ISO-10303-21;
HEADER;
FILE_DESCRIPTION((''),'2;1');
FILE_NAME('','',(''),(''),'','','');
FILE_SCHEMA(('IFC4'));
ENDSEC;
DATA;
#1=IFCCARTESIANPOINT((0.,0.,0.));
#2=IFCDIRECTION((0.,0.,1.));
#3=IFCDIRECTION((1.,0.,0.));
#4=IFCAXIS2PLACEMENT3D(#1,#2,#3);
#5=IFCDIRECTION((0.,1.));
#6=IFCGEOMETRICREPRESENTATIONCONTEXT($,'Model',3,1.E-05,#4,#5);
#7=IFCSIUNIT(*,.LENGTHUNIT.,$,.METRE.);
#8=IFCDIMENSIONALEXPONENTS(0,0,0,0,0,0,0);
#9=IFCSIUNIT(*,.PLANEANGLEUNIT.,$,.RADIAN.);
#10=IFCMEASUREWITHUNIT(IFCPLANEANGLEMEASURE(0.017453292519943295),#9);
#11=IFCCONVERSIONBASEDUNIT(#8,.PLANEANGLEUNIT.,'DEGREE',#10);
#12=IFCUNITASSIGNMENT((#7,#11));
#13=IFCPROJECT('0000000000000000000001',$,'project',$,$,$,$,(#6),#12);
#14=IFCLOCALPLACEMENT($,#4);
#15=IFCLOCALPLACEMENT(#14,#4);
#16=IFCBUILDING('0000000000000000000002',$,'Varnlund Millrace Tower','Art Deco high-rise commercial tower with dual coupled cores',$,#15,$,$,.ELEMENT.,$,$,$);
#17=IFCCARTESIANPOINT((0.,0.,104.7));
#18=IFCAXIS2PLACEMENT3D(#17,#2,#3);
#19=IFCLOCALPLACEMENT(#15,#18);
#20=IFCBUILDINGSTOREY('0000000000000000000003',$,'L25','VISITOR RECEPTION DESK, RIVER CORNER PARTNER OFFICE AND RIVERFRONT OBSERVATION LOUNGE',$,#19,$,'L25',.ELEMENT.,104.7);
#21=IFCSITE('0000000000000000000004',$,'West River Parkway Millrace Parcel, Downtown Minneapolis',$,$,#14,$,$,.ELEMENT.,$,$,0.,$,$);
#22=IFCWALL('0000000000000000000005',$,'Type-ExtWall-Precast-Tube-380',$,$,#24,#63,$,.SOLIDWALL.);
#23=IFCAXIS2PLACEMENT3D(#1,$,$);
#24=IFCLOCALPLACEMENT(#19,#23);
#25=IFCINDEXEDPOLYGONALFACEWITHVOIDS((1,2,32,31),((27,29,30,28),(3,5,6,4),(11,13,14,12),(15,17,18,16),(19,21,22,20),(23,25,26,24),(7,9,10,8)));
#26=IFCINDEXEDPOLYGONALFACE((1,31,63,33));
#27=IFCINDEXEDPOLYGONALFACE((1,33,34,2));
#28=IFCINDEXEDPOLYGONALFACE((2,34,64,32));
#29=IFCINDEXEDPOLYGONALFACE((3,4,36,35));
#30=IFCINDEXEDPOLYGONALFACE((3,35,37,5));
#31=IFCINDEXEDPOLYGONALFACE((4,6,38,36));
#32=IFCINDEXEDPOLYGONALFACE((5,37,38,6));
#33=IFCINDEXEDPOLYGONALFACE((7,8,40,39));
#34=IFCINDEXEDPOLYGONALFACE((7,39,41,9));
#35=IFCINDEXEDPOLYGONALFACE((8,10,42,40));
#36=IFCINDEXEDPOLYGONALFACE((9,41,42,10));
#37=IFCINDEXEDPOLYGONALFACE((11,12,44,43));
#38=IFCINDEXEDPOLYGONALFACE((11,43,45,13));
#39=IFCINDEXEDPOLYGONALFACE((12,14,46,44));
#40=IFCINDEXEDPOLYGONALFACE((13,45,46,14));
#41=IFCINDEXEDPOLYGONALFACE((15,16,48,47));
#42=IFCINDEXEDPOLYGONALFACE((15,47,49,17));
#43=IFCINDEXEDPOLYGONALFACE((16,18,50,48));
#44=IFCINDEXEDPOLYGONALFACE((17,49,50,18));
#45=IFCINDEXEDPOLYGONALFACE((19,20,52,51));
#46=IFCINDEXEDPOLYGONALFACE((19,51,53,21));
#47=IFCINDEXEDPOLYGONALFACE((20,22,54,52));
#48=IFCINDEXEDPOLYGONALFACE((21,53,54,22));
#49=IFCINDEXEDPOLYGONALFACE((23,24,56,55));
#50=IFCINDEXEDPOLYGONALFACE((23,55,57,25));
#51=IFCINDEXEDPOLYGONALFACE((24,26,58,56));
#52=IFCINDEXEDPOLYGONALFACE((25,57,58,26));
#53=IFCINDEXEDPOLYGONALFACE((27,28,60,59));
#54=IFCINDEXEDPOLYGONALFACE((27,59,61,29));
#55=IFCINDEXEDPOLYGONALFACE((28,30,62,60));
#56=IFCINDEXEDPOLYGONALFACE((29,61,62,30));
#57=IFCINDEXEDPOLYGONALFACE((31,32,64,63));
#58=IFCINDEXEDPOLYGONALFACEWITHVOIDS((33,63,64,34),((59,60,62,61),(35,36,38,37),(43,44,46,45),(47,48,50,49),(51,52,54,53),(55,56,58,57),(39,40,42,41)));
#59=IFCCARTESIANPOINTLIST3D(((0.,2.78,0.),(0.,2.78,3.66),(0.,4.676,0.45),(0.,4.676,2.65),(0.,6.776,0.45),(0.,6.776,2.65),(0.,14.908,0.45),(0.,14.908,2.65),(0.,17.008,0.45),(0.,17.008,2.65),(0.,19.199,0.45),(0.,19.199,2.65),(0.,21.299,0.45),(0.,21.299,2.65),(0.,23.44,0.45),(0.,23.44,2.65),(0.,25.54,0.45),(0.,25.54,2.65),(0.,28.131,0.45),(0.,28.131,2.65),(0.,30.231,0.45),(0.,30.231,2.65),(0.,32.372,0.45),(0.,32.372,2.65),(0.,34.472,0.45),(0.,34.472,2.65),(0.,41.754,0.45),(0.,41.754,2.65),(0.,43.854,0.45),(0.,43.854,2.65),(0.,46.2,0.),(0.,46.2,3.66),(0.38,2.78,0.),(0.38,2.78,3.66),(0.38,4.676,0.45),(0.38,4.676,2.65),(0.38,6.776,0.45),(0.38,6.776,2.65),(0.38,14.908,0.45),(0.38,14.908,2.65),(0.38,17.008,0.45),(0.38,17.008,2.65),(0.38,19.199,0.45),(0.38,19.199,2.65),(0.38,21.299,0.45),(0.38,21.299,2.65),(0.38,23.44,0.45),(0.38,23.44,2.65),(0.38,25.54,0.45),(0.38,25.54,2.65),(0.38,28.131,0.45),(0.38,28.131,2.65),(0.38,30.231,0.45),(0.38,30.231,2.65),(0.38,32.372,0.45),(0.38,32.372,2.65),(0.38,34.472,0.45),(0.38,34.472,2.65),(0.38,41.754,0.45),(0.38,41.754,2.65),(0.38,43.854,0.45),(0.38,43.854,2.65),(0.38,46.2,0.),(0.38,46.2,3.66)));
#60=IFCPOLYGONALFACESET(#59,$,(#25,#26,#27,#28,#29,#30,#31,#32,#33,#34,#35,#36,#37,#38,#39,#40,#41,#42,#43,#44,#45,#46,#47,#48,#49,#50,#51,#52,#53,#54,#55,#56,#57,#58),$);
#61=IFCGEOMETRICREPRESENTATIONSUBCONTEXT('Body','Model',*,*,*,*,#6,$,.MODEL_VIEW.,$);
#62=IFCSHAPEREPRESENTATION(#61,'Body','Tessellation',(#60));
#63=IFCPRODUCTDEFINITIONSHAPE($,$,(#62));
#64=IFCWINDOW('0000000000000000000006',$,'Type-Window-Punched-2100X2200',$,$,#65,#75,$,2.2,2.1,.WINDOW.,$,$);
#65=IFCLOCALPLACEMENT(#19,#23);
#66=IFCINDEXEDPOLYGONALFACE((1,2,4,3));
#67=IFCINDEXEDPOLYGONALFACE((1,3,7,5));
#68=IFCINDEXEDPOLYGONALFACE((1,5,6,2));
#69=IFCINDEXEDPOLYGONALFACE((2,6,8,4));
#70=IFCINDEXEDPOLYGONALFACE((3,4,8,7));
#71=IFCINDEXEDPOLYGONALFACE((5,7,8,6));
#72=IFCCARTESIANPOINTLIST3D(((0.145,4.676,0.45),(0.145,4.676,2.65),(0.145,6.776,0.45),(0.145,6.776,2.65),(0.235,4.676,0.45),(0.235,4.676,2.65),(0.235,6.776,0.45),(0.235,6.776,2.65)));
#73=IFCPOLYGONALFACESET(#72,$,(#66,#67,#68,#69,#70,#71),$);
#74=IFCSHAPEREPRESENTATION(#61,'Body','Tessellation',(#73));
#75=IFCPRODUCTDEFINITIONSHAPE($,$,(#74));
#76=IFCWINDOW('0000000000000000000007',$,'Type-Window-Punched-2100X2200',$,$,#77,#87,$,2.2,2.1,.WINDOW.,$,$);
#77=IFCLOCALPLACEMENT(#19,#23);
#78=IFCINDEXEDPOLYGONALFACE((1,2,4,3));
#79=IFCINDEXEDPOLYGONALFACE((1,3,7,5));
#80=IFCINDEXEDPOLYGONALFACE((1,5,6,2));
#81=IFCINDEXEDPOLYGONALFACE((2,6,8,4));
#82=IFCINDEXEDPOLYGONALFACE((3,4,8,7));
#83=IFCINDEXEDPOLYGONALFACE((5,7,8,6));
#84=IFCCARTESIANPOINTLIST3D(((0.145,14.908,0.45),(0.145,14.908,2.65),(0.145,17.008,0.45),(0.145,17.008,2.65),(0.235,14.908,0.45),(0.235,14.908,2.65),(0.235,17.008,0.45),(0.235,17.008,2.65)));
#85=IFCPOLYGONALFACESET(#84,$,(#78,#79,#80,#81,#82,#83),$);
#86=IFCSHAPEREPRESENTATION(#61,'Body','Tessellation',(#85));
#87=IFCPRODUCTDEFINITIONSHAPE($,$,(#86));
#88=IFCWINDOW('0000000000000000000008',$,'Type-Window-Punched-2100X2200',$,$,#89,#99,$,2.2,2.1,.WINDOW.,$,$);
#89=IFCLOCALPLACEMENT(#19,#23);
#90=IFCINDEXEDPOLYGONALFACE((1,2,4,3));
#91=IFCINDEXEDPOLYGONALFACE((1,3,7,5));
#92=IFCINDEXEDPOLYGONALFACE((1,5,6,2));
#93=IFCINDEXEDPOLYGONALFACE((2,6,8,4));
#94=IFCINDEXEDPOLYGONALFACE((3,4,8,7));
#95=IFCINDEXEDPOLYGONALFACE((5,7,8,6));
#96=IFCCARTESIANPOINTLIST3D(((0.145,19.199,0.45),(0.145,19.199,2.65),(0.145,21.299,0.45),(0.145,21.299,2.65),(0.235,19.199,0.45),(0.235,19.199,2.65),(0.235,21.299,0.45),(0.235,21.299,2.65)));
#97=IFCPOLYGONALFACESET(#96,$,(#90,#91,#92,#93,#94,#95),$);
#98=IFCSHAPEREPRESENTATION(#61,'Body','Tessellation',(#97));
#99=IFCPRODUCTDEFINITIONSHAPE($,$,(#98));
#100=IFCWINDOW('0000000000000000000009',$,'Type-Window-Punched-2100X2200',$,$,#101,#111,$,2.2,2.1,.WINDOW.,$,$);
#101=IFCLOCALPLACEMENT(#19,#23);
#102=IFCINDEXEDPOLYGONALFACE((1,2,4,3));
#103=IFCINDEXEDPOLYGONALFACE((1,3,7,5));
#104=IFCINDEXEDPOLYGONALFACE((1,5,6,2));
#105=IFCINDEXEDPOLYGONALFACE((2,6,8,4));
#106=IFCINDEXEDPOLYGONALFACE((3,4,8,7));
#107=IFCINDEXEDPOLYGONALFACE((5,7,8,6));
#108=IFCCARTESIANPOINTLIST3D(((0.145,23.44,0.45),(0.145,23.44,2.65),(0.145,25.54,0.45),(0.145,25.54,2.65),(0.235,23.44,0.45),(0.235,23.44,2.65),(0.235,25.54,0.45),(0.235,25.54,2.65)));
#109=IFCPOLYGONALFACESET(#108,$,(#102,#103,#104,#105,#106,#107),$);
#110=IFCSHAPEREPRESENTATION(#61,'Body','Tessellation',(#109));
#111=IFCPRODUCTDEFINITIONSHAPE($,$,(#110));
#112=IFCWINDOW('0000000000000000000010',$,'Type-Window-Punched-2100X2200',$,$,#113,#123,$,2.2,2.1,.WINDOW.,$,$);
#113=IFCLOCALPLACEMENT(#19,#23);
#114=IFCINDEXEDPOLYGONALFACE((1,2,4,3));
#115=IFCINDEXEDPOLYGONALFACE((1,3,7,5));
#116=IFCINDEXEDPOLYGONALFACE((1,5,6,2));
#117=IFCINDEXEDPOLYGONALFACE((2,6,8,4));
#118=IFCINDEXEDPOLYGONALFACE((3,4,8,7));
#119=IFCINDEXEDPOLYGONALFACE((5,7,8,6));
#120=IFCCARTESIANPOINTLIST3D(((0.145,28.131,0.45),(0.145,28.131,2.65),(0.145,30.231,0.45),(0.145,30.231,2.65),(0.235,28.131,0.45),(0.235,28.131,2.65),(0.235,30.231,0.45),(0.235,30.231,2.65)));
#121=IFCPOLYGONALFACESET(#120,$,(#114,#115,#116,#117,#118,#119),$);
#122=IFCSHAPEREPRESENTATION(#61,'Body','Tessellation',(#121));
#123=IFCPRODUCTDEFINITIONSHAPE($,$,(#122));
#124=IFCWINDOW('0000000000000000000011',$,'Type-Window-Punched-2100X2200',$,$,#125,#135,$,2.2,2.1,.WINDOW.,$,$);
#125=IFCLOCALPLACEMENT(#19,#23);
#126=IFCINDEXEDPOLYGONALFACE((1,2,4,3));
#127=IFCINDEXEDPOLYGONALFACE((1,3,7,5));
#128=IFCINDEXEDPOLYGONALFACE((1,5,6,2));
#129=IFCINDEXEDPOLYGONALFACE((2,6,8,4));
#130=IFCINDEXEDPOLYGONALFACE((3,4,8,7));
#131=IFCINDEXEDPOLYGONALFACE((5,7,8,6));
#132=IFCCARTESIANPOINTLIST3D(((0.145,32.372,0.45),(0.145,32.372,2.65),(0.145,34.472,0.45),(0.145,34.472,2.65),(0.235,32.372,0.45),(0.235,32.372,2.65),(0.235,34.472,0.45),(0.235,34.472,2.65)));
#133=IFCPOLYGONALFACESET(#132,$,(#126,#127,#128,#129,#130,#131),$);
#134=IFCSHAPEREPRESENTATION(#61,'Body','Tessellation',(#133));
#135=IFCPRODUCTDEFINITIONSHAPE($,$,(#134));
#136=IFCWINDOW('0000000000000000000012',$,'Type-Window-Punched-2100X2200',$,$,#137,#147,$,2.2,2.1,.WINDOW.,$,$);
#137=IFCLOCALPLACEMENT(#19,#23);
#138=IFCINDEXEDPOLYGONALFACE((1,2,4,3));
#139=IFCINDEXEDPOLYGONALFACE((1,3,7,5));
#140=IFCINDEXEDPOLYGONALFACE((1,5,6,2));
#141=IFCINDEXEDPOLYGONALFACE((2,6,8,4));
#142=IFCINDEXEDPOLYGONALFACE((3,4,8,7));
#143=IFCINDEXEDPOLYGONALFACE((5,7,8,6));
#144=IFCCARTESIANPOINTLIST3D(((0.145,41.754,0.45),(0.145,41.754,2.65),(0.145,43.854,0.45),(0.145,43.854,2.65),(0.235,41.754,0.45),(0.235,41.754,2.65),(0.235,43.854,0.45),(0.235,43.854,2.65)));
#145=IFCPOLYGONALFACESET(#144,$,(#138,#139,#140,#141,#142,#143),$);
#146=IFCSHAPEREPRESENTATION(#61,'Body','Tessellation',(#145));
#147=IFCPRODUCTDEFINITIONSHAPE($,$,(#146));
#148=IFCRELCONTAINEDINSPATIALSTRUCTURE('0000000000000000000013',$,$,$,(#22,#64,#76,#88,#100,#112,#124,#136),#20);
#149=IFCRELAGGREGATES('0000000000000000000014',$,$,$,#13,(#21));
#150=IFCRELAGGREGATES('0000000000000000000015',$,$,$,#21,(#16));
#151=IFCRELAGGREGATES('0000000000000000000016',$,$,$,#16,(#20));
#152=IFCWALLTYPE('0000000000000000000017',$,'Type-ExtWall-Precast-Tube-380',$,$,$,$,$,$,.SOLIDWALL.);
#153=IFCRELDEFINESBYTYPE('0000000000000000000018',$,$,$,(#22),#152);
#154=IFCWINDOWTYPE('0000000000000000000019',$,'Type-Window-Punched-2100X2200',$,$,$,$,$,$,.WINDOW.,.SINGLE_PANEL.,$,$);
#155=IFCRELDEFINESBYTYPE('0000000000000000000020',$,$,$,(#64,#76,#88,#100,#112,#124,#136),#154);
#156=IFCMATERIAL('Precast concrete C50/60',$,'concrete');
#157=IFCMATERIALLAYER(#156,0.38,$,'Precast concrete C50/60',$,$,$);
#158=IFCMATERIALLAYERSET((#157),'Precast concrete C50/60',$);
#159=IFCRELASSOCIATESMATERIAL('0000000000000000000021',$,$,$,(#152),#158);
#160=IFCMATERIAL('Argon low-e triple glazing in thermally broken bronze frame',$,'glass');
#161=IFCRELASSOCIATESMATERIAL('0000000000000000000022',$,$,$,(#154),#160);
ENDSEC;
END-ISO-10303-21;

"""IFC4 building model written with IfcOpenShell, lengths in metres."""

from ifc_helpers import new_model, entity, si_unit, converted_unit, direction, frame, origin_with_axes, origin_2d_with_axis, place, context, subcontext, project, spatial, polyline, rectangle, outline, extrude, material, layer, layer_set, type_object, element, fill, save


model = new_model("IFC4")

# Units and contexts
model_context = context("Model", 3, precision=1e-05, world=origin_with_axes(), true_north=direction((0.0, 1.0)))
body_context = subcontext(model_context, "Body", "Model", "MODEL_VIEW")
ifc_project = project(units=[si_unit("LENGTHUNIT", "METRE"), converted_unit("PLANEANGLEUNIT", "DEGREE", entity("IfcPlaneAngleMeasure", 0.017453292519943295), si_unit("PLANEANGLEUNIT", "RADIAN"), dimensions=[0, 0, 0, 0, 0, 0, 0])], contexts=[model_context])

# Site, building, storey
site_placement = place(None, origin_with_axes())
site = spatial("IfcSite", under=ifc_project, at=site_placement, Name="West River Parkway Millrace Parcel, Downtown Minneapolis", CompositionType="ELEMENT", RefElevation=0.0)
building_placement = place(site_placement, origin_with_axes())
building = spatial("IfcBuilding", under=site, at=building_placement, Name="Varnlund Millrace Tower", Description="Art Deco high-rise commercial tower with dual coupled cores", CompositionType="ELEMENT")
storey_placement = place(building_placement, frame((0.0, 0.0, 104.7), z_axis=(0.0, 0.0, 1.0), x_axis=(1.0, 0.0, 0.0)))
storey = spatial("IfcBuildingStorey", under=building, at=storey_placement, Name="L25", Description="VISITOR RECEPTION DESK, RIVER CORNER PARTNER OFFICE AND RIVERFRONT OBSERVATION LOUNGE", LongName="L25", CompositionType="ELEMENT", Elevation=104.7)

# Shared definitions
ifc_material_1 = material(Name="Precast concrete C50/60", Category="concrete")
ifc_layer_1 = layer(ifc_material_1, 0.38, Name="Precast concrete C50/60")
ifc_layer_set_1 = layer_set([ifc_layer_1], Name="Precast concrete C50/60")
wall_type = type_object("IfcWallType", Name="Type-ExtWall-Precast-Tube-380", PredefinedType="SOLIDWALL", material=ifc_layer_set_1)

# Wall, openings, windows
wall_1_placement = place(storey_placement, frame((0.19, 2.78, 0.0), z_axis=(0.0, 0.0, 1.0), x_axis=(0.0, 1.0, 0.0)))
wall_1 = element("IfcWall", 1, at=wall_1_placement, inside=storey, type_object=wall_type, Name="Type-ExtWall-Precast-Tube-380", PredefinedType="SOLIDWALL", context=body_context, shape_type="SweptSolid", body=[
    extrude(outline(polyline([(0.0, -0.19), (43.42, -0.19), (43.42, 0.19), (0.0, 0.19), (0.0, -0.19)])), origin_with_axes(), (0.0, 0.0, 1.0), 3.66),
])
opening_1_placement = place(wall_1_placement, frame((2.946, 0.0, 0.45), z_axis=(0.0, 0.0, 1.0), x_axis=(1.0, 0.0, 0.0)))
opening_1 = element("IfcOpeningElement", 2, at=opening_1_placement, cuts=wall_1, PredefinedType="OPENING", context=body_context, shape_type="SweptSolid", body=[
    extrude(rectangle(XDim=2.1, YDim=0.4, at=origin_2d_with_axis()), origin_with_axes(), (0.0, 0.0, 1.0), 2.2),
])
opening_2_placement = place(wall_1_placement, frame((13.178, 0.0, 0.45), z_axis=(0.0, 0.0, 1.0), x_axis=(1.0, 0.0, 0.0)))
opening_2 = element("IfcOpeningElement", 3, at=opening_2_placement, cuts=wall_1, PredefinedType="OPENING", context=body_context, shape_type="SweptSolid", body=[
    extrude(rectangle(XDim=2.1, YDim=0.4, at=origin_2d_with_axis()), origin_with_axes(), (0.0, 0.0, 1.0), 2.2),
])
opening_3_placement = place(wall_1_placement, frame((17.469, 0.0, 0.45), z_axis=(0.0, 0.0, 1.0), x_axis=(1.0, 0.0, 0.0)))
opening_3 = element("IfcOpeningElement", 4, at=opening_3_placement, cuts=wall_1, PredefinedType="OPENING", context=body_context, shape_type="SweptSolid", body=[
    extrude(rectangle(XDim=2.1, YDim=0.4, at=origin_2d_with_axis()), origin_with_axes(), (0.0, 0.0, 1.0), 2.2),
])
opening_4_placement = place(wall_1_placement, frame((21.71, 0.0, 0.45), z_axis=(0.0, 0.0, 1.0), x_axis=(1.0, 0.0, 0.0)))
opening_4 = element("IfcOpeningElement", 5, at=opening_4_placement, cuts=wall_1, PredefinedType="OPENING", context=body_context, shape_type="SweptSolid", body=[
    extrude(rectangle(XDim=2.1, YDim=0.4, at=origin_2d_with_axis()), origin_with_axes(), (0.0, 0.0, 1.0), 2.2),
])
opening_5_placement = place(wall_1_placement, frame((26.401, 0.0, 0.45), z_axis=(0.0, 0.0, 1.0), x_axis=(1.0, 0.0, 0.0)))
opening_5 = element("IfcOpeningElement", 6, at=opening_5_placement, cuts=wall_1, PredefinedType="OPENING", context=body_context, shape_type="SweptSolid", body=[
    extrude(rectangle(XDim=2.1, YDim=0.4, at=origin_2d_with_axis()), origin_with_axes(), (0.0, 0.0, 1.0), 2.2),
])
opening_6_placement = place(wall_1_placement, frame((30.642, 0.0, 0.45), z_axis=(0.0, 0.0, 1.0), x_axis=(1.0, 0.0, 0.0)))
opening_6 = element("IfcOpeningElement", 7, at=opening_6_placement, cuts=wall_1, PredefinedType="OPENING", context=body_context, shape_type="SweptSolid", body=[
    extrude(rectangle(XDim=2.1, YDim=0.4, at=origin_2d_with_axis()), origin_with_axes(), (0.0, 0.0, 1.0), 2.2),
])
opening_7_placement = place(wall_1_placement, frame((40.024, 0.0, 0.45), z_axis=(0.0, 0.0, 1.0), x_axis=(1.0, 0.0, 0.0)))
opening_7 = element("IfcOpeningElement", 8, at=opening_7_placement, cuts=wall_1, PredefinedType="OPENING", context=body_context, shape_type="SweptSolid", body=[
    extrude(rectangle(XDim=2.1, YDim=0.4, at=origin_2d_with_axis()), origin_with_axes(), (0.0, 0.0, 1.0), 2.2),
])
ifc_material_2 = material(Name="Argon low-e triple glazing in thermally broken bronze frame", Category="glass")
window_type = type_object("IfcWindowType", Name="Type-Window-Punched-2100X2200", PartitioningType="SINGLE_PANEL", PredefinedType="WINDOW", material=ifc_material_2)
window_1_placement = place(wall_1_placement, frame((2.946, 0.0, 0.45), z_axis=(0.0, 0.0, 1.0), x_axis=(1.0, 0.0, 0.0)))
window_1 = element("IfcWindow", 9, at=window_1_placement, inside=storey, type_object=window_type, Name="Type-Window-Punched-2100X2200", OverallHeight=2.2, OverallWidth=2.1, PredefinedType="WINDOW", context=body_context, shape_type="SweptSolid", body=[
    extrude(rectangle(XDim=2.1, YDim=0.09, at=origin_2d_with_axis()), origin_with_axes(), (0.0, 0.0, 1.0), 2.2),
])
fill(opening_1, window_1)
window_2_placement = place(wall_1_placement, frame((13.178, 0.0, 0.45), z_axis=(0.0, 0.0, 1.0), x_axis=(1.0, 0.0, 0.0)))
window_2 = element("IfcWindow", 10, at=window_2_placement, inside=storey, type_object=window_type, Name="Type-Window-Punched-2100X2200", OverallHeight=2.2, OverallWidth=2.1, PredefinedType="WINDOW", context=body_context, shape_type="SweptSolid", body=[
    extrude(rectangle(XDim=2.1, YDim=0.09, at=origin_2d_with_axis()), origin_with_axes(), (0.0, 0.0, 1.0), 2.2),
])
fill(opening_2, window_2)
window_3_placement = place(wall_1_placement, frame((17.469, 0.0, 0.45), z_axis=(0.0, 0.0, 1.0), x_axis=(1.0, 0.0, 0.0)))
window_3 = element("IfcWindow", 11, at=window_3_placement, inside=storey, type_object=window_type, Name="Type-Window-Punched-2100X2200", OverallHeight=2.2, OverallWidth=2.1, PredefinedType="WINDOW", context=body_context, shape_type="SweptSolid", body=[
    extrude(rectangle(XDim=2.1, YDim=0.09, at=origin_2d_with_axis()), origin_with_axes(), (0.0, 0.0, 1.0), 2.2),
])
fill(opening_3, window_3)
window_4_placement = place(wall_1_placement, frame((21.71, 0.0, 0.45), z_axis=(0.0, 0.0, 1.0), x_axis=(1.0, 0.0, 0.0)))
window_4 = element("IfcWindow", 12, at=window_4_placement, inside=storey, type_object=window_type, Name="Type-Window-Punched-2100X2200", OverallHeight=2.2, OverallWidth=2.1, PredefinedType="WINDOW", context=body_context, shape_type="SweptSolid", body=[
    extrude(rectangle(XDim=2.1, YDim=0.09, at=origin_2d_with_axis()), origin_with_axes(), (0.0, 0.0, 1.0), 2.2),
])
fill(opening_4, window_4)
window_5_placement = place(wall_1_placement, frame((26.401, 0.0, 0.45), z_axis=(0.0, 0.0, 1.0), x_axis=(1.0, 0.0, 0.0)))
window_5 = element("IfcWindow", 13, at=window_5_placement, inside=storey, type_object=window_type, Name="Type-Window-Punched-2100X2200", OverallHeight=2.2, OverallWidth=2.1, PredefinedType="WINDOW", context=body_context, shape_type="SweptSolid", body=[
    extrude(rectangle(XDim=2.1, YDim=0.09, at=origin_2d_with_axis()), origin_with_axes(), (0.0, 0.0, 1.0), 2.2),
])
fill(opening_5, window_5)
window_6_placement = place(wall_1_placement, frame((30.642, 0.0, 0.45), z_axis=(0.0, 0.0, 1.0), x_axis=(1.0, 0.0, 0.0)))
window_6 = element("IfcWindow", 14, at=window_6_placement, inside=storey, type_object=window_type, Name="Type-Window-Punched-2100X2200", OverallHeight=2.2, OverallWidth=2.1, PredefinedType="WINDOW", context=body_context, shape_type="SweptSolid", body=[
    extrude(rectangle(XDim=2.1, YDim=0.09, at=origin_2d_with_axis()), origin_with_axes(), (0.0, 0.0, 1.0), 2.2),
])
fill(opening_6, window_6)
window_7_placement = place(wall_1_placement, frame((40.024, 0.0, 0.45), z_axis=(0.0, 0.0, 1.0), x_axis=(1.0, 0.0, 0.0)))
window_7 = element("IfcWindow", 15, at=window_7_placement, inside=storey, type_object=window_type, Name="Type-Window-Punched-2100X2200", OverallHeight=2.2, OverallWidth=2.1, PredefinedType="WINDOW", context=body_context, shape_type="SweptSolid", body=[
    extrude(rectangle(XDim=2.1, YDim=0.09, at=origin_2d_with_axis()), origin_with_axes(), (0.0, 0.0, 1.0), 2.2),
])
fill(opening_7, window_7)

save(model, "model.ifc")
